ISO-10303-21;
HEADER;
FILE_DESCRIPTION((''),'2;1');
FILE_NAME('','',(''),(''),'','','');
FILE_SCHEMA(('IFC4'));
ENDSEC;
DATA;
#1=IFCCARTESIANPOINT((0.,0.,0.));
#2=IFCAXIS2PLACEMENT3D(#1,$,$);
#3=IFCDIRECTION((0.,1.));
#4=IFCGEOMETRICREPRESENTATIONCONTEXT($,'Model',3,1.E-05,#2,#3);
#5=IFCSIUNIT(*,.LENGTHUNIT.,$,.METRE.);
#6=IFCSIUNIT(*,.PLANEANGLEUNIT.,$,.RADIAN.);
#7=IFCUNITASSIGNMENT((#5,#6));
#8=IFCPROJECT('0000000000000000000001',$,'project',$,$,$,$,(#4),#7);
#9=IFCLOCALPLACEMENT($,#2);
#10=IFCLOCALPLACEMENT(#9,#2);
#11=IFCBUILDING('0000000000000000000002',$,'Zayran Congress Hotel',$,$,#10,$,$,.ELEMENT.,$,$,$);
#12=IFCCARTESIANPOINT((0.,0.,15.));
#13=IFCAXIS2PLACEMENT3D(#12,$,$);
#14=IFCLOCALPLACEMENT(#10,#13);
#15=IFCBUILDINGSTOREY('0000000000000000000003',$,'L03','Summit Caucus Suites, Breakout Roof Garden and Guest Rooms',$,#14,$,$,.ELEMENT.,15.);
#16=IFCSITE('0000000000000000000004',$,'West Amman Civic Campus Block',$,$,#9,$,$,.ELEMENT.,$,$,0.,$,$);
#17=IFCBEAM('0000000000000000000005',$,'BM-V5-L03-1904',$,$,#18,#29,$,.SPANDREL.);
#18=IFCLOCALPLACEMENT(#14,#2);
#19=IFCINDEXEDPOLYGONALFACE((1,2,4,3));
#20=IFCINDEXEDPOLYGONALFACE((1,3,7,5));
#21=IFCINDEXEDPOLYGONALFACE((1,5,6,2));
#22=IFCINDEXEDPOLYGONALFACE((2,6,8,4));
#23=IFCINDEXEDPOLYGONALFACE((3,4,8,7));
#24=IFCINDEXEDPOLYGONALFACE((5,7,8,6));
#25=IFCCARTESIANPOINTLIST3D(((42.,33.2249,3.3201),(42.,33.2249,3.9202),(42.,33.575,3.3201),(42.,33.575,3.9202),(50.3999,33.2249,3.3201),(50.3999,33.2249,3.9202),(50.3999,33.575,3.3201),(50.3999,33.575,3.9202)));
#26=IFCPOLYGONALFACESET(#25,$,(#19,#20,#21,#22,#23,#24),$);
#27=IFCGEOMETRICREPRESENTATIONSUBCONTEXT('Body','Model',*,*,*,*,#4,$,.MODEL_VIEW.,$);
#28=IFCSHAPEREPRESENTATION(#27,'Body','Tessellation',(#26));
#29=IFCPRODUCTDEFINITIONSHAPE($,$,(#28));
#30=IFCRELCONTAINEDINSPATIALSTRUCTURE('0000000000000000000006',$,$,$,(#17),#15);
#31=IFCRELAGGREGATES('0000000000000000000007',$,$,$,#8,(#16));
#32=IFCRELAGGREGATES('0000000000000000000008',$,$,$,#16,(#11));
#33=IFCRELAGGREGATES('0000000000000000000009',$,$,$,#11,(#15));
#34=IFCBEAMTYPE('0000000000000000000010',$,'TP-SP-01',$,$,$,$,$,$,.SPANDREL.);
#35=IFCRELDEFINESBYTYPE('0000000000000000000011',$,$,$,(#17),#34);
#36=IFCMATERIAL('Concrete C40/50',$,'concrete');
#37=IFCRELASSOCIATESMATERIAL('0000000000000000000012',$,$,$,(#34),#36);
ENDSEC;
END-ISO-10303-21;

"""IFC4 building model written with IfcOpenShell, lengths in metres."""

from ifc_helpers import new_model, si_unit, direction, frame, origin, origin_2d, place, context, subcontext, project, spatial, rectangle, extrude, material, material_profile, profile_set, type_object, element, save


model = new_model("IFC4")

# Units and contexts
model_context = context("Model", 3, precision=1e-05, world=origin(), true_north=direction((0.0, 1.0)))
body_context = subcontext(model_context, "Body", "Model", "MODEL_VIEW")
ifc_project = project(units=[si_unit("LENGTHUNIT", "METRE"), si_unit("PLANEANGLEUNIT", "RADIAN")], contexts=[model_context])

# Site, building, storey
site_placement = place(None, origin())
site = spatial("IfcSite", under=ifc_project, at=site_placement, Name="West Amman Civic Campus Block", CompositionType="ELEMENT", RefElevation=0.0)
building_placement = place(site_placement, origin())
building = spatial("IfcBuilding", under=site, at=building_placement, Name="Zayran Congress Hotel", CompositionType="ELEMENT")
storey_placement = place(building_placement, frame((0.0, 0.0, 15.0)))
storey = spatial("IfcBuildingStorey", under=building, at=storey_placement, Name="L03", Description="Summit Caucus Suites, Breakout Roof Garden and Guest Rooms", CompositionType="ELEMENT", Elevation=15.0)

# Beam
ifc_material = material(Name="Concrete C40/50", Category="concrete")
ifc_material_profile = material_profile(ifc_material, rectangle(XDim=0.3501, YDim=0.6001, at=origin_2d()), Name="RC 350x600")
ifc_profile_set = profile_set([ifc_material_profile], Name="Concrete C40/50")
beam_type = type_object("IfcBeamType", Name="TP-SP-01", PredefinedType="SPANDREL", material=ifc_profile_set)
beam_placement = place(storey_placement, frame((42.0, 33.3999, 3.6201), z_axis=(1.0, 0.0, 0.0), x_axis=(0.0, 1.0, 0.0)))
element("IfcBeam", 1, at=beam_placement, inside=storey, type_object=beam_type, Name="BM-V5-L03-1904", PredefinedType="SPANDREL", context=body_context, shape_type="SweptSolid", body=[
    extrude(rectangle(XDim=0.3501, YDim=0.6001, at=origin_2d()), origin(), (0.0, 0.0, 1.0), 8.3999),
])

save(model, "model.ifc")
